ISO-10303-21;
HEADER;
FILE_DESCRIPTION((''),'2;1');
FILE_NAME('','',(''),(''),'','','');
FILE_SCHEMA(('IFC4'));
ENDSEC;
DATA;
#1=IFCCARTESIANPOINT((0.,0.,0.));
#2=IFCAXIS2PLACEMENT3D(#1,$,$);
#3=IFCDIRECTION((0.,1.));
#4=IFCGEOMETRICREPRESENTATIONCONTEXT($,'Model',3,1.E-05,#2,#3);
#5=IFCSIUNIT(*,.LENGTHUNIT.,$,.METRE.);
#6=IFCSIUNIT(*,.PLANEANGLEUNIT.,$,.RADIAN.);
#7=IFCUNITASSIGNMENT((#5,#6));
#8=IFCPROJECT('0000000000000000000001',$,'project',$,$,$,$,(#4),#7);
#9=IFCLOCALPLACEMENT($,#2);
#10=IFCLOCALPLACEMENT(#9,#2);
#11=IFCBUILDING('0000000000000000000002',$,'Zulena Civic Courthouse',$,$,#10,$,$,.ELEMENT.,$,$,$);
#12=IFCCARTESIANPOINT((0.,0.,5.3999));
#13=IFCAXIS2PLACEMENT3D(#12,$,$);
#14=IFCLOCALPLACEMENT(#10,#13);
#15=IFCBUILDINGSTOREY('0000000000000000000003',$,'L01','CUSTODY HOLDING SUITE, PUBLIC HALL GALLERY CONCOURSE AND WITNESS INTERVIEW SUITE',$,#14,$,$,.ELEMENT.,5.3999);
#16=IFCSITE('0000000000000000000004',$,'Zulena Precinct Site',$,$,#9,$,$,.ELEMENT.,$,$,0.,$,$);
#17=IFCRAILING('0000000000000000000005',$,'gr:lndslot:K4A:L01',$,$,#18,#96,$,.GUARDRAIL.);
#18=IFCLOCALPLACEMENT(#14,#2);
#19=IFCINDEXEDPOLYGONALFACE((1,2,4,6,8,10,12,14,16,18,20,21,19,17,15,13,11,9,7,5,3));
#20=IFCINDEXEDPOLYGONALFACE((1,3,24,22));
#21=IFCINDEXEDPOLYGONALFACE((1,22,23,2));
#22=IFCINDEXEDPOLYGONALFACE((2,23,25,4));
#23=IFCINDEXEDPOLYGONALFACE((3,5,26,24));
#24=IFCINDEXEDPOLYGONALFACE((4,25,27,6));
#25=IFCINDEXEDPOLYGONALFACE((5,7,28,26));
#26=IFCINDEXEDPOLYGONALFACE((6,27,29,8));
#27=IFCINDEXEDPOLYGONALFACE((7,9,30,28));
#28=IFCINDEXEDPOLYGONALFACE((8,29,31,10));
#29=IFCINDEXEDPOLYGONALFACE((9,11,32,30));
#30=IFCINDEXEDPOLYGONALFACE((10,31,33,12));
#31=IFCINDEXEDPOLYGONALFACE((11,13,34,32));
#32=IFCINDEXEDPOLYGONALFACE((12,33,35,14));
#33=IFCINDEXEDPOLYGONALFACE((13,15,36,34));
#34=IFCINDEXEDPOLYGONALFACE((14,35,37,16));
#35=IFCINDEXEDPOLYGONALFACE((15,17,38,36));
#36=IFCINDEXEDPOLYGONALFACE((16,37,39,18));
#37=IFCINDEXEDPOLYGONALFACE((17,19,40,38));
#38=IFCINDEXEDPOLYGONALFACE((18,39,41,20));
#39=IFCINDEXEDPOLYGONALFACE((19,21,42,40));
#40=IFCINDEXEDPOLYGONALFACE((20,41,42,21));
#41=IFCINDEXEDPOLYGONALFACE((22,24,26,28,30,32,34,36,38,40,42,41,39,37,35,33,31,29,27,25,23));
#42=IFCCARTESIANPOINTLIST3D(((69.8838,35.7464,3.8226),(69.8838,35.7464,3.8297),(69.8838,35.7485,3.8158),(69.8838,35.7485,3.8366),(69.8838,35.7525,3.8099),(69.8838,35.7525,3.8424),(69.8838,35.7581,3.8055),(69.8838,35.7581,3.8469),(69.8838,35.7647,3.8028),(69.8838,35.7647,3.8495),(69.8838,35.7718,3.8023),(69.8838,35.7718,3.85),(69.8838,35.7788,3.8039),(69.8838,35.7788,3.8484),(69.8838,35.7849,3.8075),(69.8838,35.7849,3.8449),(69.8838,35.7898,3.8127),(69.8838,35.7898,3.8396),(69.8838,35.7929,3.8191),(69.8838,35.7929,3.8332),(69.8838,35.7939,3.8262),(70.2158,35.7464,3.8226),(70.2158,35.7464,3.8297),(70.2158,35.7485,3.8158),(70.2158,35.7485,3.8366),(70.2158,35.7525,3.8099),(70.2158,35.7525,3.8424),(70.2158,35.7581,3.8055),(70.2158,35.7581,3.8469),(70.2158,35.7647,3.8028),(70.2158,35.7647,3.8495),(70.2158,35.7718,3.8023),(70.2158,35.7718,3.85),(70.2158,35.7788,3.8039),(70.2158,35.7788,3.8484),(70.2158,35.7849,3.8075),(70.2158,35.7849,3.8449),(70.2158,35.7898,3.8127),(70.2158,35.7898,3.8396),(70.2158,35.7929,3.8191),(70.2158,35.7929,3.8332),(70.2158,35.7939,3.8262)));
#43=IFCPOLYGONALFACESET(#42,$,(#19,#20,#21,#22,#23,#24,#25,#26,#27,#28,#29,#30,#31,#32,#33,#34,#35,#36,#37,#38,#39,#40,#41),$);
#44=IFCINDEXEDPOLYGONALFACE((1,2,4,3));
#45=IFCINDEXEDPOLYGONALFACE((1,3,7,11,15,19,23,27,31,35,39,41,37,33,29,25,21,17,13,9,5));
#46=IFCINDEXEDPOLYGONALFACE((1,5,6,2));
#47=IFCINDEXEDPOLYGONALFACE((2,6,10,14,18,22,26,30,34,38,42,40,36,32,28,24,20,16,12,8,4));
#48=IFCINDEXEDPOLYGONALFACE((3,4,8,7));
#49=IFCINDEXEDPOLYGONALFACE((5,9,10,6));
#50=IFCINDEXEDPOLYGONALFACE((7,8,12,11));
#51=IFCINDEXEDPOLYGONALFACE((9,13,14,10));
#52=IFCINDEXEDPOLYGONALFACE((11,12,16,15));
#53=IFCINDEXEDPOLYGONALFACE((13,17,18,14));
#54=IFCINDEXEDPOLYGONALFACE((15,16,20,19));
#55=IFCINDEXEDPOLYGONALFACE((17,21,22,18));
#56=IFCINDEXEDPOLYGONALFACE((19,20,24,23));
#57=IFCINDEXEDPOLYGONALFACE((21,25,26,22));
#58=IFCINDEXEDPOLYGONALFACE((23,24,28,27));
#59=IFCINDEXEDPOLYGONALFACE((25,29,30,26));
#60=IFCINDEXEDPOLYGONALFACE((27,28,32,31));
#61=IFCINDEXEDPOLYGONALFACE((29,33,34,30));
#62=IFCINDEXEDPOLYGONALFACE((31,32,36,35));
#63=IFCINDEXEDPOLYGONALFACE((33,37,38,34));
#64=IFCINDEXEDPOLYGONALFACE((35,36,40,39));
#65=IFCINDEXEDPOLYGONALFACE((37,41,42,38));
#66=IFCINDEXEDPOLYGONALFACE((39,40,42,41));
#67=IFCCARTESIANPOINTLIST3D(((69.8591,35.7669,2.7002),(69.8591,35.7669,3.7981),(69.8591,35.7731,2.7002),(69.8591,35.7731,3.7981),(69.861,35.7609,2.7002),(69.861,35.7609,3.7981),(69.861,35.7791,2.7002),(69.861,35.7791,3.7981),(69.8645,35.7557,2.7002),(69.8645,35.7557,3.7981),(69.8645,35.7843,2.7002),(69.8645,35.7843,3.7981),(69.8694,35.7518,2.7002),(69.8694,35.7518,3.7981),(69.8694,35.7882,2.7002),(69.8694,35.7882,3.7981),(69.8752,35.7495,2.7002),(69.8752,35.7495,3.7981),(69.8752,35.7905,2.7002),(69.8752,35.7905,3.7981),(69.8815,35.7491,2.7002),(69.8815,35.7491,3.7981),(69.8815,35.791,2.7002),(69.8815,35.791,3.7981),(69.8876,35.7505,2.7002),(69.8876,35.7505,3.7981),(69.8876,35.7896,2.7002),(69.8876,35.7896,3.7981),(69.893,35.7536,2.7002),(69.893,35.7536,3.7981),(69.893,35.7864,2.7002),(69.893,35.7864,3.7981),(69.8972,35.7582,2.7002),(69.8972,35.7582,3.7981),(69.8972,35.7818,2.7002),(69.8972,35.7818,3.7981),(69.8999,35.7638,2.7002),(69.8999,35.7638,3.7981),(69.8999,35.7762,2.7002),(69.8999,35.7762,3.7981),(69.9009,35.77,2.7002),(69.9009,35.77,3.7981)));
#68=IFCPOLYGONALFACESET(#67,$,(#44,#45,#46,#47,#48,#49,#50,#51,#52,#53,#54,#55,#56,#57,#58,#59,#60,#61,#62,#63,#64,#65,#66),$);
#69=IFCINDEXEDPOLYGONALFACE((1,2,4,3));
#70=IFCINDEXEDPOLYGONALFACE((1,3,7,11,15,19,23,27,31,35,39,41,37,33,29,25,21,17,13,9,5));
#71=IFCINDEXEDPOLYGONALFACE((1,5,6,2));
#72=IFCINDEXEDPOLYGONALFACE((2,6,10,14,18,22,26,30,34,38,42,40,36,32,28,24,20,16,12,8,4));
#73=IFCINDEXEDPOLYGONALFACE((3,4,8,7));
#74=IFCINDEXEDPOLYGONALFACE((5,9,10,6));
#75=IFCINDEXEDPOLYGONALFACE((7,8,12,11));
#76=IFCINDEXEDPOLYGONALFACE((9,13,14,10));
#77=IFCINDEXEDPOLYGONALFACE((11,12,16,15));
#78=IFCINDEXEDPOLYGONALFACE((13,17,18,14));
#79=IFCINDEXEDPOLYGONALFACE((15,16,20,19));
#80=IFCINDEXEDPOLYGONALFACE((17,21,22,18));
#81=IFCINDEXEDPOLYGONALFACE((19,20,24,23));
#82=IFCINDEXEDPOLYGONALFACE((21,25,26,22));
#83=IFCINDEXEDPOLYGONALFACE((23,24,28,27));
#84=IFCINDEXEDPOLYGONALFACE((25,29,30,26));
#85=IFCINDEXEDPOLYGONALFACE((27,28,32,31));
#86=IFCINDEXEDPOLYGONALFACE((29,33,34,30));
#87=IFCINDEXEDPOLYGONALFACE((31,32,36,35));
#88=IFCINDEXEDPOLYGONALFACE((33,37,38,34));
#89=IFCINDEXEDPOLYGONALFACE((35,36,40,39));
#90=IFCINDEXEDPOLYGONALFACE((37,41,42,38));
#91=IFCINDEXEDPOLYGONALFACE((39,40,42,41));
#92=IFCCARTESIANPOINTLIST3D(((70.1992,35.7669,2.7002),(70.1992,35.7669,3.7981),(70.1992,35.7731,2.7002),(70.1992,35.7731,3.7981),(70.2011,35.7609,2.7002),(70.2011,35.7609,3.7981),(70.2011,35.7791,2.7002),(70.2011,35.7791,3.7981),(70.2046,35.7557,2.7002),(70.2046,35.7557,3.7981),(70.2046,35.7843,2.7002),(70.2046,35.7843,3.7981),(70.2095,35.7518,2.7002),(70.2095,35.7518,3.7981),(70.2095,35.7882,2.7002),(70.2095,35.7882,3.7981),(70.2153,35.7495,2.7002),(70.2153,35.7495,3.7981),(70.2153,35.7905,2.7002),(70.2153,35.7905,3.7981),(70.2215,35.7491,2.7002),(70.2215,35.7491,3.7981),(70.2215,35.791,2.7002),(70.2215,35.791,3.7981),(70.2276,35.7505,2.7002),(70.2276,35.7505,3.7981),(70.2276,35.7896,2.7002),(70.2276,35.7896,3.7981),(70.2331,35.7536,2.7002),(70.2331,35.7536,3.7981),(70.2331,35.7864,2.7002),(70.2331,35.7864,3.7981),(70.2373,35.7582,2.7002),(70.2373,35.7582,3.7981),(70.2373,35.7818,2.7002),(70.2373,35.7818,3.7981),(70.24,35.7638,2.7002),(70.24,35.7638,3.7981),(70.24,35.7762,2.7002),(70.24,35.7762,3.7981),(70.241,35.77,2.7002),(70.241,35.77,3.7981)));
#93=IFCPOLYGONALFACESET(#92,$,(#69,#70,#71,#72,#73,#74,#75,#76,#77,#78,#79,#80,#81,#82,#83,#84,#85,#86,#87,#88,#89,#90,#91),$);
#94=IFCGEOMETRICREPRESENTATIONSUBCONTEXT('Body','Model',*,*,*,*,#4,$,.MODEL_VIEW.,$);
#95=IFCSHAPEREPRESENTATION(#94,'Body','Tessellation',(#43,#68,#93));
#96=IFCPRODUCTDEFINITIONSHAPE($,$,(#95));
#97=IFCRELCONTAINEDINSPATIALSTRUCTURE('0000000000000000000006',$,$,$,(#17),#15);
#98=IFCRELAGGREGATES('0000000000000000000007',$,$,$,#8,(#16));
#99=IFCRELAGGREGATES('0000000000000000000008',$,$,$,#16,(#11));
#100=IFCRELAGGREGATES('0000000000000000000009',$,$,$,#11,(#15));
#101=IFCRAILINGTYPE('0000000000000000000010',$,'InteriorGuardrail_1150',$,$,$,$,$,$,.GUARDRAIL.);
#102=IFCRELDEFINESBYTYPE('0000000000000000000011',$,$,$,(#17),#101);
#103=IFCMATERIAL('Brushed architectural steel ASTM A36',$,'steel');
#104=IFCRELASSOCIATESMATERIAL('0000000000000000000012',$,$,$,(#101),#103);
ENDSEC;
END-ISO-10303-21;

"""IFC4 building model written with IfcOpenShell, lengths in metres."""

from ifc_helpers import new_model, si_unit, direction, frame, origin, origin_2d, place, context, subcontext, project, spatial, circle, extrude, material, type_object, element, save


model = new_model("IFC4")

# Units and contexts
model_context = context("Model", 3, precision=1e-05, world=origin(), true_north=direction((0.0, 1.0)))
body_context = subcontext(model_context, "Body", "Model", "MODEL_VIEW")
ifc_project = project(units=[si_unit("LENGTHUNIT", "METRE"), si_unit("PLANEANGLEUNIT", "RADIAN")], contexts=[model_context])

# Site, building, storey
site_placement = place(None, origin())
site = spatial("IfcSite", under=ifc_project, at=site_placement, Name="Zulena Precinct Site", CompositionType="ELEMENT", RefElevation=0.0)
building_placement = place(site_placement, origin())
building = spatial("IfcBuilding", under=site, at=building_placement, Name="Zulena Civic Courthouse", CompositionType="ELEMENT")
storey_placement = place(building_placement, frame((0.0, 0.0, 5.3999)))
storey = spatial("IfcBuildingStorey", under=building, at=storey_placement, Name="L01", Description="CUSTODY HOLDING SUITE, PUBLIC HALL GALLERY CONCOURSE AND WITNESS INTERVIEW SUITE", CompositionType="ELEMENT", Elevation=5.3999)

# Railing
ifc_material_1 = material(Name="Brushed architectural steel ASTM A36", Category="steel")
railing_type = type_object("IfcRailingType", Name="InteriorGuardrail_1150", PredefinedType="GUARDRAIL", material=ifc_material_1)
railing_1_placement = place(storey_placement, frame((69.8799, 35.77, 2.7002)))
element("IfcRailing", 1, at=railing_1_placement, inside=storey, type_object=railing_type, Name="gr:lndslot:K4A:L01", PredefinedType="GUARDRAIL", context=body_context, shape_type="SweptSolid", body=[
    extrude(circle(Radius=0.0239, at=origin_2d()), frame((0.0039, 0.0, 1.126), z_axis=(1.0, 0.0, 0.0), x_axis=(0.0, 1.0, 0.0)), (0.0, 0.0, 1.0), 0.332),
    extrude(circle(Radius=0.021, at=origin_2d()), origin(), (0.0, 0.0, 1.0), 1.0979),
    extrude(circle(Radius=0.021, at=origin_2d()), frame((0.3401, 0.0, 0.0)), (0.0, 0.0, 1.0), 1.0979),
])

save(model, "model.ifc")
